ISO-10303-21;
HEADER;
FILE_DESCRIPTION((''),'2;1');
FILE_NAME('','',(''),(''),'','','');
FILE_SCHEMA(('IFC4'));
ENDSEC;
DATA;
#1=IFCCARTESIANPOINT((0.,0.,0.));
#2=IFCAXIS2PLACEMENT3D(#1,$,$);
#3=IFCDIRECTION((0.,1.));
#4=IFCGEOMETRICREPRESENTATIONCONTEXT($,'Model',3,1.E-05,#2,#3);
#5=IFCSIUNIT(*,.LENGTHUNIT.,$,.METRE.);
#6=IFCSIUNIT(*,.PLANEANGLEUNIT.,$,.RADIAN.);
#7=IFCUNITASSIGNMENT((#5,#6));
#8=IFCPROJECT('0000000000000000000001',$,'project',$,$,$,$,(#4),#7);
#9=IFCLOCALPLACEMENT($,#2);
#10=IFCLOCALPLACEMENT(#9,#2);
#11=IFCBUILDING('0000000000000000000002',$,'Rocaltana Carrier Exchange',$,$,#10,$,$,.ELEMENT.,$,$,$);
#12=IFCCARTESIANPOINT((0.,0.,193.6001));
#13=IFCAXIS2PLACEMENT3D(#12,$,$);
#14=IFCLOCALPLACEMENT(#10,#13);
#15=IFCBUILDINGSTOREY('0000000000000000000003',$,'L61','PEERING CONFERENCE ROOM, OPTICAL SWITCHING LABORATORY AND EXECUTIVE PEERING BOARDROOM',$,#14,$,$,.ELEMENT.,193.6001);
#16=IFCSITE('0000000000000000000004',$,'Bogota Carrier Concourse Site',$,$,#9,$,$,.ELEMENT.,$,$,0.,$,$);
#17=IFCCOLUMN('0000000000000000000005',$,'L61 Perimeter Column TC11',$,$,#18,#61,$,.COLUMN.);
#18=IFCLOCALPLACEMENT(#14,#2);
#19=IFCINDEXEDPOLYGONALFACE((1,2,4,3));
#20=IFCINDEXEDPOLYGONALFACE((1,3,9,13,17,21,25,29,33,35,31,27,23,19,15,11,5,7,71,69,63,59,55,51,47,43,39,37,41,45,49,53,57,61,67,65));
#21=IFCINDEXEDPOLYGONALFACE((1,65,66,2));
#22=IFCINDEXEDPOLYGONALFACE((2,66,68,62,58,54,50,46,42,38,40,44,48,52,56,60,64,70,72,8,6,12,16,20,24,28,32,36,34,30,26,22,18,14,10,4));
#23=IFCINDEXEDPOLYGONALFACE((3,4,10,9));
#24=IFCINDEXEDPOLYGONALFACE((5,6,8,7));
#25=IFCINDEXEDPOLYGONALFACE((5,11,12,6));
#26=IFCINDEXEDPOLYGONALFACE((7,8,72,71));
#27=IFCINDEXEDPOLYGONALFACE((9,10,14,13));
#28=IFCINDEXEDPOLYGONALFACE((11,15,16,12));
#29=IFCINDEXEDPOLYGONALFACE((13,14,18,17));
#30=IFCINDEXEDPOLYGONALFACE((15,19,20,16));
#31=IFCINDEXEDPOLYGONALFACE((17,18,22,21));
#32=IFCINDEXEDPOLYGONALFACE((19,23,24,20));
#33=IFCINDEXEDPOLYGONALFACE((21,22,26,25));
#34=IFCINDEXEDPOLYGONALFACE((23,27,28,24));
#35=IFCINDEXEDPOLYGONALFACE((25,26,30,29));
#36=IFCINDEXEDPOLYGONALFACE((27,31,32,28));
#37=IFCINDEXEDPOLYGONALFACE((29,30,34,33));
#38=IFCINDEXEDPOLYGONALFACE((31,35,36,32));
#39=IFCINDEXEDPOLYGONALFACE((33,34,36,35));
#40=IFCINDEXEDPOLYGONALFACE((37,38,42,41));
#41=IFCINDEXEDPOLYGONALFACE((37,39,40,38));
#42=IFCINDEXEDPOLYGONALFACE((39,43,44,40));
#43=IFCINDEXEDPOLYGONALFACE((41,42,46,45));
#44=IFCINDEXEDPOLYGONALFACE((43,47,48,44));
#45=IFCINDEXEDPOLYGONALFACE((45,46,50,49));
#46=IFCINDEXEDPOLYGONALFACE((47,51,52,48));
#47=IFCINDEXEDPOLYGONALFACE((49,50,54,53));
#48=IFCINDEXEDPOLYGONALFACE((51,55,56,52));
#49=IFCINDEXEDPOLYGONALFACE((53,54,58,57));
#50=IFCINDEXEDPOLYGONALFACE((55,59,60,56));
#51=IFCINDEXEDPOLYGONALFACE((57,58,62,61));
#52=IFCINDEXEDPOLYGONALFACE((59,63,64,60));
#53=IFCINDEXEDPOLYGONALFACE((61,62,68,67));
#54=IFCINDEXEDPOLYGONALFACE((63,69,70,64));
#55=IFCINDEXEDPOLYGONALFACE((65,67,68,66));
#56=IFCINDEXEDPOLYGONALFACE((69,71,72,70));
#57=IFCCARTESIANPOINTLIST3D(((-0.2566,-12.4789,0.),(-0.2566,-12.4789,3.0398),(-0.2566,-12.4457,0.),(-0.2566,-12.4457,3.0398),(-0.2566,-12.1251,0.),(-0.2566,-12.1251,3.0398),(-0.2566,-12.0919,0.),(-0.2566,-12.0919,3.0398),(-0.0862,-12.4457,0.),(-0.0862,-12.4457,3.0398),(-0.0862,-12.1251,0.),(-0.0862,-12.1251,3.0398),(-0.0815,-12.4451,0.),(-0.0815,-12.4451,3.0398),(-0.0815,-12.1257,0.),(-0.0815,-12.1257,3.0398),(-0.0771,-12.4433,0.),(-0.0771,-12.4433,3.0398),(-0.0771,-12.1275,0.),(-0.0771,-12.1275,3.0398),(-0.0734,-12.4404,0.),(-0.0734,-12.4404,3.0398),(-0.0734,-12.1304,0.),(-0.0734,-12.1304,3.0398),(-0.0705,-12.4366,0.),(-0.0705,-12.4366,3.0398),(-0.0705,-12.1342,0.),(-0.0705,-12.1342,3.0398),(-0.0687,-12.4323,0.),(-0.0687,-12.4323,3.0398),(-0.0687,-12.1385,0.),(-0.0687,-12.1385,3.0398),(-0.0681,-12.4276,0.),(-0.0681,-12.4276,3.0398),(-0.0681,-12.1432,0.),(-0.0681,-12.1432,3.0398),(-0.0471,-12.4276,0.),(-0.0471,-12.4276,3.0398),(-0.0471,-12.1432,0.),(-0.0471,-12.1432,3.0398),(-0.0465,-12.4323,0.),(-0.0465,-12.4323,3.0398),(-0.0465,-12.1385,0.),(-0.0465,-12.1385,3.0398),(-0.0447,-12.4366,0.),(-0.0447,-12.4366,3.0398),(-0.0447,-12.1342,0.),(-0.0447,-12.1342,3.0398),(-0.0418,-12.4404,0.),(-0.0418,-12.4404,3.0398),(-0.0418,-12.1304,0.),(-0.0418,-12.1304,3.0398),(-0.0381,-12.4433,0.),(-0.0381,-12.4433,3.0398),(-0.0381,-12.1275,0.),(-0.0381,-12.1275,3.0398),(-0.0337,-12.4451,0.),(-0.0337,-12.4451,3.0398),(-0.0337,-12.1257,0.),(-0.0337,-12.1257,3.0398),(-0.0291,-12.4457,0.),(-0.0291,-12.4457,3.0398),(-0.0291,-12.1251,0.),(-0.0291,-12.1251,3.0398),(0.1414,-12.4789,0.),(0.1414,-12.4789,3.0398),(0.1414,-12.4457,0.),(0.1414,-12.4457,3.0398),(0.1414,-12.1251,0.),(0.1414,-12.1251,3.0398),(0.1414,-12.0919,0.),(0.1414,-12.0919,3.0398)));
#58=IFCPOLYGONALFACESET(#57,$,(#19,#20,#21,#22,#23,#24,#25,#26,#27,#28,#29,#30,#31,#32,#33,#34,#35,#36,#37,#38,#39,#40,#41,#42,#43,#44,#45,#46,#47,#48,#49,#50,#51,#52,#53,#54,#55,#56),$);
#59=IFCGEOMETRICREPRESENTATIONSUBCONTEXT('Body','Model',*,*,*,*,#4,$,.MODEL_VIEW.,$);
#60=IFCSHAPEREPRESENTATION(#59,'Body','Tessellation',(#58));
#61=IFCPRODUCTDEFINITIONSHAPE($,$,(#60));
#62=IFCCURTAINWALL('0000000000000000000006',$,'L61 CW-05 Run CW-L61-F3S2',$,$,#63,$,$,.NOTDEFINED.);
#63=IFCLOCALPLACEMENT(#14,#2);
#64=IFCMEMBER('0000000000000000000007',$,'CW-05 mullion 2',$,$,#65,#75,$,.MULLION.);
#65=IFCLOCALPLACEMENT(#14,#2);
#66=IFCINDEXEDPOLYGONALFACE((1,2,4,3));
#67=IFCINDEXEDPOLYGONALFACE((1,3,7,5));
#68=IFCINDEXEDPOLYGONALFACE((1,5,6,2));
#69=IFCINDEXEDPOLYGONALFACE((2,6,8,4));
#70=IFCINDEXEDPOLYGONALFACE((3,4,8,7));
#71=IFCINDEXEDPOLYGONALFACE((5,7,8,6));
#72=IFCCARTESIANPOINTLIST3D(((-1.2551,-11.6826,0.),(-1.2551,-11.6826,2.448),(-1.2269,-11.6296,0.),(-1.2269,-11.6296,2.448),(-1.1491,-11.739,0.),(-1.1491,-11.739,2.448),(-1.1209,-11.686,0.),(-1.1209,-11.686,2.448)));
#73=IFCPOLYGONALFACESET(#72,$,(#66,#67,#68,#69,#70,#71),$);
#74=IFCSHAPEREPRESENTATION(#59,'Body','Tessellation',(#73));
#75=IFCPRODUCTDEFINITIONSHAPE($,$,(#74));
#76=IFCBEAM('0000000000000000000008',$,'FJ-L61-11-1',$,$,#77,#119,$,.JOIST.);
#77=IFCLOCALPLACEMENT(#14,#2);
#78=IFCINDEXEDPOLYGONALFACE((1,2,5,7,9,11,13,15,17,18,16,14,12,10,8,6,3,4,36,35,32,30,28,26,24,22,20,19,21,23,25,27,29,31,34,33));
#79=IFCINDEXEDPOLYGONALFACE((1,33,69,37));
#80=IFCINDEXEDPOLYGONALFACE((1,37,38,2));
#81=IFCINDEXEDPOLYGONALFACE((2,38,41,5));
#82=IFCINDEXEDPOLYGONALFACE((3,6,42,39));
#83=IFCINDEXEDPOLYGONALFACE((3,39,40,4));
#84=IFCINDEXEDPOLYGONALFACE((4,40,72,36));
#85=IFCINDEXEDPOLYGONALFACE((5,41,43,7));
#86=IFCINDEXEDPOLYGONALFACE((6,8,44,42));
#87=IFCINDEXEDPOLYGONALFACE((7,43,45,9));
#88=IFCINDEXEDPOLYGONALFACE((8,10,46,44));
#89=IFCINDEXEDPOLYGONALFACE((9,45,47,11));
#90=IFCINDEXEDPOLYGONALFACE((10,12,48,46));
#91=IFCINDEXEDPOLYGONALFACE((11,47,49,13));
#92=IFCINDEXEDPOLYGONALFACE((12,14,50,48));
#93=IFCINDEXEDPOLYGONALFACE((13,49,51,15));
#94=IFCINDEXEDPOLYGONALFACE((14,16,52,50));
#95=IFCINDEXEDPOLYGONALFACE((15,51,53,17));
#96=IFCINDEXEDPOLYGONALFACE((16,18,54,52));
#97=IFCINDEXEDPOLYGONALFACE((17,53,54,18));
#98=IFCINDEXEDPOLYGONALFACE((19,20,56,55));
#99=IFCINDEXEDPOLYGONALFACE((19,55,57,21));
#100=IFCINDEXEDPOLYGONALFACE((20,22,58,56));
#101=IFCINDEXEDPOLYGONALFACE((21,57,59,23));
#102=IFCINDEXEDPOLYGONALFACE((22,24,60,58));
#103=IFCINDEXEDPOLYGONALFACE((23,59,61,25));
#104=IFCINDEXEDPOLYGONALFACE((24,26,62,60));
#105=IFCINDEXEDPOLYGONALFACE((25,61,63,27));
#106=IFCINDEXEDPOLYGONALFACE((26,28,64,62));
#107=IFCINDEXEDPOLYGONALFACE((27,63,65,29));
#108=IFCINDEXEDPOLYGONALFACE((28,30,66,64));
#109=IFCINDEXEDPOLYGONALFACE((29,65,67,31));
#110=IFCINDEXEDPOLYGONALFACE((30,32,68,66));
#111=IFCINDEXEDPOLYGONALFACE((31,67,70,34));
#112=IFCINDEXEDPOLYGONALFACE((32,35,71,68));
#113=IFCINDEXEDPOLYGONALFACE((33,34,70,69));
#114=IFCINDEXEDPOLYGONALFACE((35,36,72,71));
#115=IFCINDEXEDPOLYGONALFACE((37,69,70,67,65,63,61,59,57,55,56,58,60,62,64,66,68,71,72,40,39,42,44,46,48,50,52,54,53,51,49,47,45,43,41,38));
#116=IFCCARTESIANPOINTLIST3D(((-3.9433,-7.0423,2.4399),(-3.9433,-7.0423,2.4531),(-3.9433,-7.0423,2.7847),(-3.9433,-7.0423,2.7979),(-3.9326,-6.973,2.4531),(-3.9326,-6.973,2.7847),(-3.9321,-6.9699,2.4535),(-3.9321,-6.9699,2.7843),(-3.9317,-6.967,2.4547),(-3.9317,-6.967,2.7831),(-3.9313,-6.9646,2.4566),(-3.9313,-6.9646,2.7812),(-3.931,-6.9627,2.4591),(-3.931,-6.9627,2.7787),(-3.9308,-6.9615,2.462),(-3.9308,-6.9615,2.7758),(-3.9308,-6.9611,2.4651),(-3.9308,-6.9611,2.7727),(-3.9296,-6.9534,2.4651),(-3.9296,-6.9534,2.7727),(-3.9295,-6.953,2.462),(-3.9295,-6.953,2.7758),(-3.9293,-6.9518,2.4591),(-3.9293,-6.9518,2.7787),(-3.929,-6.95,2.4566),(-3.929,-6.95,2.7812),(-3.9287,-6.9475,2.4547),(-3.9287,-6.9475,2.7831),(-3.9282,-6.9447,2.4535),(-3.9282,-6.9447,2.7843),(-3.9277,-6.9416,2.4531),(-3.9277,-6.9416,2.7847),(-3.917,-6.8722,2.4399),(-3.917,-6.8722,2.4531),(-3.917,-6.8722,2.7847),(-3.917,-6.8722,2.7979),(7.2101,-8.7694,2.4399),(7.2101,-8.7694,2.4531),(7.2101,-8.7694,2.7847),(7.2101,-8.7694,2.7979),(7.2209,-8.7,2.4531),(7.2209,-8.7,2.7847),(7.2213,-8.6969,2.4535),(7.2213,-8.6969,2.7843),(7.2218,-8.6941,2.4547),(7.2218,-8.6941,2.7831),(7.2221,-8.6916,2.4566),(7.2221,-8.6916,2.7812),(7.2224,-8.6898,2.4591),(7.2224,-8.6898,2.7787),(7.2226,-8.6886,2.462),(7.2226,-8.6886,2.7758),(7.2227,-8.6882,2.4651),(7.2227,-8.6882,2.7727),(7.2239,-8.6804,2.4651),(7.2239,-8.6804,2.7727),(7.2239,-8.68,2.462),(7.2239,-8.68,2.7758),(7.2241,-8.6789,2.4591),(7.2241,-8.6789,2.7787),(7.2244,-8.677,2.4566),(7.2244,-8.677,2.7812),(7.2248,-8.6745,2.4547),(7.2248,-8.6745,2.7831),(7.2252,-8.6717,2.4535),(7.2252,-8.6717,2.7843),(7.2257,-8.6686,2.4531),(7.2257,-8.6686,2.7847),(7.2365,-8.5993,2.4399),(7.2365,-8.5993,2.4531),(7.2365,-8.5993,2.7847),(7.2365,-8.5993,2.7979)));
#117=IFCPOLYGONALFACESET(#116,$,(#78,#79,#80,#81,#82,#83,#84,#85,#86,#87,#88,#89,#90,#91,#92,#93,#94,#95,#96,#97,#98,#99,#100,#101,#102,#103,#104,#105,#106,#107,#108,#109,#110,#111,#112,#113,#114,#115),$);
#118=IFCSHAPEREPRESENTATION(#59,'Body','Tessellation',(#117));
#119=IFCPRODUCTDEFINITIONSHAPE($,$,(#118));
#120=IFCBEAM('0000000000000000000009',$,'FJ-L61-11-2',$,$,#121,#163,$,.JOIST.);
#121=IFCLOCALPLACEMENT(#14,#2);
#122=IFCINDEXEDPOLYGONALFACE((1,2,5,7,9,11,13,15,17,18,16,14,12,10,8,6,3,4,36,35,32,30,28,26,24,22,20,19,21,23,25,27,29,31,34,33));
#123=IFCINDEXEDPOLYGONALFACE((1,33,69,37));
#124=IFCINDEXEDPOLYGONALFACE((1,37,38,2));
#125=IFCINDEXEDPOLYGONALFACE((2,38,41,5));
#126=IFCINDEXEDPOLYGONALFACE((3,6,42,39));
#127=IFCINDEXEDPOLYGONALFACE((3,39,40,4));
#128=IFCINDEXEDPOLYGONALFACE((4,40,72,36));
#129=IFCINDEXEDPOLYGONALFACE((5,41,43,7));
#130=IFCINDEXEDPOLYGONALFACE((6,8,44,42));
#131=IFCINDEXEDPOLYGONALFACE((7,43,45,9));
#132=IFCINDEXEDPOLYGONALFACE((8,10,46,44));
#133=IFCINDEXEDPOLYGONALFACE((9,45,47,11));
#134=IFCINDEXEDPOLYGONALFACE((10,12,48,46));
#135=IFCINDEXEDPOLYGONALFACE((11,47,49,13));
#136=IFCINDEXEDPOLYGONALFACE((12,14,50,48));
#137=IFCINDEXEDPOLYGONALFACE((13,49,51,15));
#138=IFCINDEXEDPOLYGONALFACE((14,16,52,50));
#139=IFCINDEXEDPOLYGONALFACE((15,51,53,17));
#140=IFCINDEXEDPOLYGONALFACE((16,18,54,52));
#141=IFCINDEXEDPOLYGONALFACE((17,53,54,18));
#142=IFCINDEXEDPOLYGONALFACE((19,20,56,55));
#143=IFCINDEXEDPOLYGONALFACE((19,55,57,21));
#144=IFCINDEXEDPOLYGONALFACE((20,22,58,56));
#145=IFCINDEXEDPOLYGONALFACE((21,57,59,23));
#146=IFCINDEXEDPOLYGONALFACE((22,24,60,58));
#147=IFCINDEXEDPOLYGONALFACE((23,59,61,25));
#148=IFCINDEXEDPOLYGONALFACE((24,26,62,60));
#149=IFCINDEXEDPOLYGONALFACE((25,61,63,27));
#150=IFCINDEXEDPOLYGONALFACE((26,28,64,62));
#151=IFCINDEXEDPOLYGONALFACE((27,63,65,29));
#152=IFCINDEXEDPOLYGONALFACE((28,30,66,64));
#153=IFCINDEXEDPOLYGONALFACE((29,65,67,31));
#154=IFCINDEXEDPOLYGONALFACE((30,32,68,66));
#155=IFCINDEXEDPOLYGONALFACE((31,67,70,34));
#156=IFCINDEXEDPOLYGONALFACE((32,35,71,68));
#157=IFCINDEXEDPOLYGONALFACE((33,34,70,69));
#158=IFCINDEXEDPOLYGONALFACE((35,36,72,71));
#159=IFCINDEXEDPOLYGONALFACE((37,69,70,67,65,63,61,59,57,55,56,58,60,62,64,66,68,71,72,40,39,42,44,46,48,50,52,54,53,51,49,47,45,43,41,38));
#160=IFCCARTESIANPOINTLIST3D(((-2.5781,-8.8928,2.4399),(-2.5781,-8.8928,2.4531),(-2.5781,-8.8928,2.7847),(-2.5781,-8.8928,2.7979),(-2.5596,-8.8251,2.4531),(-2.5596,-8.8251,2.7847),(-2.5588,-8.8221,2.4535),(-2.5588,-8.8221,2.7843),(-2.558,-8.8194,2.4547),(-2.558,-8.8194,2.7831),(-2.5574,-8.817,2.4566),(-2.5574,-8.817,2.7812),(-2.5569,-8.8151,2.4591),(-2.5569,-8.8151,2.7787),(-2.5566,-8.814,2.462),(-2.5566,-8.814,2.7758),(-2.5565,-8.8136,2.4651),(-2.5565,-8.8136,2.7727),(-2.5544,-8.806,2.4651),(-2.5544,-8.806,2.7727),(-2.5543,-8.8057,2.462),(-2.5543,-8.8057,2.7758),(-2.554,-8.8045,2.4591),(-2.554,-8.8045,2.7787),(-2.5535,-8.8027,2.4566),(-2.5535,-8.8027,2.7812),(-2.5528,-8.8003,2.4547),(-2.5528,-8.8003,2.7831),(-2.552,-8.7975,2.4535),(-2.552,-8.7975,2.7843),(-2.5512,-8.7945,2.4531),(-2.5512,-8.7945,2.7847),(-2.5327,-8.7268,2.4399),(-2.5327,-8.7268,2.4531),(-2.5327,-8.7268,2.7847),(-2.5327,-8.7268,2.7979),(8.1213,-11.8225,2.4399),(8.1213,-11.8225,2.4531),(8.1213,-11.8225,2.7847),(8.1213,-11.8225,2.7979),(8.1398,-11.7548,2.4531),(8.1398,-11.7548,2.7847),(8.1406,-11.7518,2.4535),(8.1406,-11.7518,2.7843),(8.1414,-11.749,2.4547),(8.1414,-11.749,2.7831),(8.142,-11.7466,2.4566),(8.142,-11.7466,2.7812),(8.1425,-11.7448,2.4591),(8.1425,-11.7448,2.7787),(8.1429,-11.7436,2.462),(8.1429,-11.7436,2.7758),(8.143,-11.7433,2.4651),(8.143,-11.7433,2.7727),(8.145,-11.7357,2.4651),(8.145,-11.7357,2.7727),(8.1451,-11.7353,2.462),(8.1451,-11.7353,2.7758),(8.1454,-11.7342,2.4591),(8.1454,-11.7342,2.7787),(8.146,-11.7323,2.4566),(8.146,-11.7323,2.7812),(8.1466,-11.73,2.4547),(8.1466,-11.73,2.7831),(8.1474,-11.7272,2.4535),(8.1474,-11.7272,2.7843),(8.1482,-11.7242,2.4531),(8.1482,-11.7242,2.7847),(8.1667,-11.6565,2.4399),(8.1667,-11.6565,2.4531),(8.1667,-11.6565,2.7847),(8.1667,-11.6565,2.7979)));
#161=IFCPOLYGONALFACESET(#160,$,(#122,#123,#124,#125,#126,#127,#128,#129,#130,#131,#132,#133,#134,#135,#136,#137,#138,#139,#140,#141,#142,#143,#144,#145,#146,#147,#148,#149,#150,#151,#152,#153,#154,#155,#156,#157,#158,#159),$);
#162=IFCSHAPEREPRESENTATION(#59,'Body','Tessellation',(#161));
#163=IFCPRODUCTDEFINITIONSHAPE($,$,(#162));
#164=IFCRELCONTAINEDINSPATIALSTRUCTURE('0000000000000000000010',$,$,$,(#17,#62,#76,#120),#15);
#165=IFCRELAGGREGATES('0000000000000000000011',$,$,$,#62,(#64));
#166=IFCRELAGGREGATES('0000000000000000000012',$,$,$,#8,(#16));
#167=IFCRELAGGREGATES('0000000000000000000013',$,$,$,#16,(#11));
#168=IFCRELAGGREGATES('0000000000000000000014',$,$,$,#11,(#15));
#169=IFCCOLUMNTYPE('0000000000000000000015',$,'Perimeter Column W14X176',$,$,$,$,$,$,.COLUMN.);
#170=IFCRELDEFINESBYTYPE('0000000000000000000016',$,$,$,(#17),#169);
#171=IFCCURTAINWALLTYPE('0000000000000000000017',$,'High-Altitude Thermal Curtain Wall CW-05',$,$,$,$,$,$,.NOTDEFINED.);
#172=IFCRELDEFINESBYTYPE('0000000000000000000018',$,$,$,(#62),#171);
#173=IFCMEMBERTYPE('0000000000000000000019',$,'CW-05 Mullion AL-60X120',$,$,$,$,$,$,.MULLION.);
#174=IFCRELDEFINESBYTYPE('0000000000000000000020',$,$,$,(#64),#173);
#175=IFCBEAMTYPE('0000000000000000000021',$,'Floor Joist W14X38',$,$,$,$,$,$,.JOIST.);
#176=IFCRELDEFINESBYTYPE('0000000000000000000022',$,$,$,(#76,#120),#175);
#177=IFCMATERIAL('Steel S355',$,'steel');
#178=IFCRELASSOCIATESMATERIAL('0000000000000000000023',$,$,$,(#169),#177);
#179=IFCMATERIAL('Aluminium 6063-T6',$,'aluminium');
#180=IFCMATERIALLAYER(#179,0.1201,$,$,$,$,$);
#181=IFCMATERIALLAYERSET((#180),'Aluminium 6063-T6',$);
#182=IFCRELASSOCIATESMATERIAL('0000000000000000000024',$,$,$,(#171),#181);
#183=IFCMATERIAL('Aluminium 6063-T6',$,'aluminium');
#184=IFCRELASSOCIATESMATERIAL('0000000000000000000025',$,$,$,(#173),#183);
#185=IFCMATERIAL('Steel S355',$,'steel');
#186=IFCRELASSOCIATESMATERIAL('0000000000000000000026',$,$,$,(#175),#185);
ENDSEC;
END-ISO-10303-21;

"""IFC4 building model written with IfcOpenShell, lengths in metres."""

from ifc_helpers import new_model, si_unit, direction, frame, origin, origin_2d, place, context, subcontext, project, spatial, rectangle, i_section, extrude, material, layer, layer_set, material_profile, profile_set, type_object, element, aggregate, save


model = new_model("IFC4")

# Units and contexts
model_context = context("Model", 3, precision=1e-05, world=origin(), true_north=direction((0.0, 1.0)))
body_context = subcontext(model_context, "Body", "Model", "MODEL_VIEW")
ifc_project = project(units=[si_unit("LENGTHUNIT", "METRE"), si_unit("PLANEANGLEUNIT", "RADIAN")], contexts=[model_context])

# Site, building, storey
site_placement = place(None, origin())
site = spatial("IfcSite", under=ifc_project, at=site_placement, Name="Bogota Carrier Concourse Site", CompositionType="ELEMENT", RefElevation=0.0)
building_placement = place(site_placement, origin())
building = spatial("IfcBuilding", under=site, at=building_placement, Name="Rocaltana Carrier Exchange", CompositionType="ELEMENT")
storey_placement = place(building_placement, frame((0.0, 0.0, 193.6001)))
storey = spatial("IfcBuildingStorey", under=building, at=storey_placement, Name="L61", Description="PEERING CONFERENCE ROOM, OPTICAL SWITCHING LABORATORY AND EXECUTIVE PEERING BOARDROOM", CompositionType="ELEMENT", Elevation=193.6001)

# Column
ifc_material_1 = material(Name="Steel S355", Category="steel")
ifc_material_profile_1 = material_profile(ifc_material_1, i_section(OverallWidth=0.3979, OverallDepth=0.387, WebThickness=0.021, FlangeThickness=0.0332, FilletRadius=0.0181, at=origin_2d()), Name="W14X176")
ifc_profile_set_1 = profile_set([ifc_material_profile_1], Name="Steel S355")
column_type = type_object("IfcColumnType", Name="Perimeter Column W14X176", PredefinedType="COLUMN", material=ifc_profile_set_1)
column_placement = place(storey_placement, frame((-0.0576, -12.2854, 0.0), z_axis=(0.0, 0.0, 1.0), x_axis=(1.0, 0.0, 0.0)))
element("IfcColumn", 1, at=column_placement, inside=storey, type_object=column_type, Name="L61 Perimeter Column TC11", PredefinedType="COLUMN", context=body_context, shape_type="SweptSolid", body=[
    extrude(i_section(OverallWidth=0.3979, OverallDepth=0.387, WebThickness=0.021, FlangeThickness=0.0332, FilletRadius=0.0181, at=origin_2d()), origin(), (0.0, 0.0, 1.0), 3.0398),
])

# Curtain wall, member
ifc_material_2 = material(Name="Aluminium 6063-T6", Category="aluminium")
ifc_layer_1 = layer(ifc_material_2, 0.1201)
ifc_layer_set_1 = layer_set([ifc_layer_1], Name="Aluminium 6063-T6")
curtain_wall_type = type_object("IfcCurtainWallType", Name="High-Altitude Thermal Curtain Wall CW-05", PredefinedType="NOTDEFINED", material=ifc_layer_set_1)
curtain_wall_placement = place(storey_placement, origin())
curtain_wall = element("IfcCurtainWall", 2, at=curtain_wall_placement, inside=storey, type_object=curtain_wall_type, Name="L61 CW-05 Run CW-L61-F3S2", PredefinedType="NOTDEFINED")
ifc_material_3 = material(Name="Aluminium 6063-T6", Category="aluminium")
ifc_material_profile_2 = material_profile(ifc_material_3, rectangle(XDim=0.0601, YDim=0.1201, at=origin_2d()), Name="AL-60X120")
ifc_profile_set_2 = profile_set([ifc_material_profile_2], Name="Aluminium 6063-T6")
member_type = type_object("IfcMemberType", Name="CW-05 Mullion AL-60X120", PredefinedType="MULLION", material=ifc_profile_set_2)
member_placement = place(storey_placement, frame((-1.188, -11.6843, 0.0), z_axis=(0.0, 0.0, 1.0), x_axis=(0.469479, 0.882943, 0.0)))
member = element("IfcMember", 3, at=member_placement, type_object=member_type, Name="CW-05 mullion 2", PredefinedType="MULLION", context=body_context, shape_type="SweptSolid", body=[
    extrude(rectangle(XDim=0.0601, YDim=0.1201, at=origin_2d()), origin(), (0.0, 0.0, 1.0), 2.448),
])

# Beams
ifc_material_4 = material(Name="Steel S355", Category="steel")
ifc_material_profile_3 = material_profile(ifc_material_4, i_section(OverallWidth=0.1721, OverallDepth=0.3579, WebThickness=0.0078, FlangeThickness=0.0132, FilletRadius=0.012, at=origin_2d()), Name="W14X38")
ifc_profile_set_3 = profile_set([ifc_material_profile_3], Name="Steel S355")
beam_type_1 = type_object("IfcBeamType", Name="Floor Joist W14X38", PredefinedType="JOIST", material=ifc_profile_set_3)
beam_1_placement = place(storey_placement, frame((-3.9302, -6.9573, 2.6189), z_axis=(0.988223, -0.153019, 0.0), x_axis=(0.153019, 0.988223, 0.0)))
element("IfcBeam", 4, at=beam_1_placement, inside=storey, type_object=beam_type_1, Name="FJ-L61-11-1", PredefinedType="JOIST", context=body_context, shape_type="SweptSolid", body=[
    extrude(i_section(OverallWidth=0.1721, OverallDepth=0.3579, WebThickness=0.0078, FlangeThickness=0.0132, FilletRadius=0.012, at=origin_2d()), origin(), (0.0, 0.0, 1.0), 11.2864),
])
beam_2_placement = place(storey_placement, frame((-2.5554, -8.8098, 2.6189), z_axis=(0.964497, -0.264095, 0.0), x_axis=(0.264095, 0.964497, 0.0)))
element("IfcBeam", 5, at=beam_2_placement, inside=storey, type_object=beam_type_1, Name="FJ-L61-11-2", PredefinedType="JOIST", context=body_context, shape_type="SweptSolid", body=[
    extrude(i_section(OverallWidth=0.1721, OverallDepth=0.3579, WebThickness=0.0078, FlangeThickness=0.0132, FilletRadius=0.012, at=origin_2d()), origin(), (0.0, 0.0, 1.0), 11.0933),
])

aggregate(curtain_wall, [member])

save(model, "model.ifc")
